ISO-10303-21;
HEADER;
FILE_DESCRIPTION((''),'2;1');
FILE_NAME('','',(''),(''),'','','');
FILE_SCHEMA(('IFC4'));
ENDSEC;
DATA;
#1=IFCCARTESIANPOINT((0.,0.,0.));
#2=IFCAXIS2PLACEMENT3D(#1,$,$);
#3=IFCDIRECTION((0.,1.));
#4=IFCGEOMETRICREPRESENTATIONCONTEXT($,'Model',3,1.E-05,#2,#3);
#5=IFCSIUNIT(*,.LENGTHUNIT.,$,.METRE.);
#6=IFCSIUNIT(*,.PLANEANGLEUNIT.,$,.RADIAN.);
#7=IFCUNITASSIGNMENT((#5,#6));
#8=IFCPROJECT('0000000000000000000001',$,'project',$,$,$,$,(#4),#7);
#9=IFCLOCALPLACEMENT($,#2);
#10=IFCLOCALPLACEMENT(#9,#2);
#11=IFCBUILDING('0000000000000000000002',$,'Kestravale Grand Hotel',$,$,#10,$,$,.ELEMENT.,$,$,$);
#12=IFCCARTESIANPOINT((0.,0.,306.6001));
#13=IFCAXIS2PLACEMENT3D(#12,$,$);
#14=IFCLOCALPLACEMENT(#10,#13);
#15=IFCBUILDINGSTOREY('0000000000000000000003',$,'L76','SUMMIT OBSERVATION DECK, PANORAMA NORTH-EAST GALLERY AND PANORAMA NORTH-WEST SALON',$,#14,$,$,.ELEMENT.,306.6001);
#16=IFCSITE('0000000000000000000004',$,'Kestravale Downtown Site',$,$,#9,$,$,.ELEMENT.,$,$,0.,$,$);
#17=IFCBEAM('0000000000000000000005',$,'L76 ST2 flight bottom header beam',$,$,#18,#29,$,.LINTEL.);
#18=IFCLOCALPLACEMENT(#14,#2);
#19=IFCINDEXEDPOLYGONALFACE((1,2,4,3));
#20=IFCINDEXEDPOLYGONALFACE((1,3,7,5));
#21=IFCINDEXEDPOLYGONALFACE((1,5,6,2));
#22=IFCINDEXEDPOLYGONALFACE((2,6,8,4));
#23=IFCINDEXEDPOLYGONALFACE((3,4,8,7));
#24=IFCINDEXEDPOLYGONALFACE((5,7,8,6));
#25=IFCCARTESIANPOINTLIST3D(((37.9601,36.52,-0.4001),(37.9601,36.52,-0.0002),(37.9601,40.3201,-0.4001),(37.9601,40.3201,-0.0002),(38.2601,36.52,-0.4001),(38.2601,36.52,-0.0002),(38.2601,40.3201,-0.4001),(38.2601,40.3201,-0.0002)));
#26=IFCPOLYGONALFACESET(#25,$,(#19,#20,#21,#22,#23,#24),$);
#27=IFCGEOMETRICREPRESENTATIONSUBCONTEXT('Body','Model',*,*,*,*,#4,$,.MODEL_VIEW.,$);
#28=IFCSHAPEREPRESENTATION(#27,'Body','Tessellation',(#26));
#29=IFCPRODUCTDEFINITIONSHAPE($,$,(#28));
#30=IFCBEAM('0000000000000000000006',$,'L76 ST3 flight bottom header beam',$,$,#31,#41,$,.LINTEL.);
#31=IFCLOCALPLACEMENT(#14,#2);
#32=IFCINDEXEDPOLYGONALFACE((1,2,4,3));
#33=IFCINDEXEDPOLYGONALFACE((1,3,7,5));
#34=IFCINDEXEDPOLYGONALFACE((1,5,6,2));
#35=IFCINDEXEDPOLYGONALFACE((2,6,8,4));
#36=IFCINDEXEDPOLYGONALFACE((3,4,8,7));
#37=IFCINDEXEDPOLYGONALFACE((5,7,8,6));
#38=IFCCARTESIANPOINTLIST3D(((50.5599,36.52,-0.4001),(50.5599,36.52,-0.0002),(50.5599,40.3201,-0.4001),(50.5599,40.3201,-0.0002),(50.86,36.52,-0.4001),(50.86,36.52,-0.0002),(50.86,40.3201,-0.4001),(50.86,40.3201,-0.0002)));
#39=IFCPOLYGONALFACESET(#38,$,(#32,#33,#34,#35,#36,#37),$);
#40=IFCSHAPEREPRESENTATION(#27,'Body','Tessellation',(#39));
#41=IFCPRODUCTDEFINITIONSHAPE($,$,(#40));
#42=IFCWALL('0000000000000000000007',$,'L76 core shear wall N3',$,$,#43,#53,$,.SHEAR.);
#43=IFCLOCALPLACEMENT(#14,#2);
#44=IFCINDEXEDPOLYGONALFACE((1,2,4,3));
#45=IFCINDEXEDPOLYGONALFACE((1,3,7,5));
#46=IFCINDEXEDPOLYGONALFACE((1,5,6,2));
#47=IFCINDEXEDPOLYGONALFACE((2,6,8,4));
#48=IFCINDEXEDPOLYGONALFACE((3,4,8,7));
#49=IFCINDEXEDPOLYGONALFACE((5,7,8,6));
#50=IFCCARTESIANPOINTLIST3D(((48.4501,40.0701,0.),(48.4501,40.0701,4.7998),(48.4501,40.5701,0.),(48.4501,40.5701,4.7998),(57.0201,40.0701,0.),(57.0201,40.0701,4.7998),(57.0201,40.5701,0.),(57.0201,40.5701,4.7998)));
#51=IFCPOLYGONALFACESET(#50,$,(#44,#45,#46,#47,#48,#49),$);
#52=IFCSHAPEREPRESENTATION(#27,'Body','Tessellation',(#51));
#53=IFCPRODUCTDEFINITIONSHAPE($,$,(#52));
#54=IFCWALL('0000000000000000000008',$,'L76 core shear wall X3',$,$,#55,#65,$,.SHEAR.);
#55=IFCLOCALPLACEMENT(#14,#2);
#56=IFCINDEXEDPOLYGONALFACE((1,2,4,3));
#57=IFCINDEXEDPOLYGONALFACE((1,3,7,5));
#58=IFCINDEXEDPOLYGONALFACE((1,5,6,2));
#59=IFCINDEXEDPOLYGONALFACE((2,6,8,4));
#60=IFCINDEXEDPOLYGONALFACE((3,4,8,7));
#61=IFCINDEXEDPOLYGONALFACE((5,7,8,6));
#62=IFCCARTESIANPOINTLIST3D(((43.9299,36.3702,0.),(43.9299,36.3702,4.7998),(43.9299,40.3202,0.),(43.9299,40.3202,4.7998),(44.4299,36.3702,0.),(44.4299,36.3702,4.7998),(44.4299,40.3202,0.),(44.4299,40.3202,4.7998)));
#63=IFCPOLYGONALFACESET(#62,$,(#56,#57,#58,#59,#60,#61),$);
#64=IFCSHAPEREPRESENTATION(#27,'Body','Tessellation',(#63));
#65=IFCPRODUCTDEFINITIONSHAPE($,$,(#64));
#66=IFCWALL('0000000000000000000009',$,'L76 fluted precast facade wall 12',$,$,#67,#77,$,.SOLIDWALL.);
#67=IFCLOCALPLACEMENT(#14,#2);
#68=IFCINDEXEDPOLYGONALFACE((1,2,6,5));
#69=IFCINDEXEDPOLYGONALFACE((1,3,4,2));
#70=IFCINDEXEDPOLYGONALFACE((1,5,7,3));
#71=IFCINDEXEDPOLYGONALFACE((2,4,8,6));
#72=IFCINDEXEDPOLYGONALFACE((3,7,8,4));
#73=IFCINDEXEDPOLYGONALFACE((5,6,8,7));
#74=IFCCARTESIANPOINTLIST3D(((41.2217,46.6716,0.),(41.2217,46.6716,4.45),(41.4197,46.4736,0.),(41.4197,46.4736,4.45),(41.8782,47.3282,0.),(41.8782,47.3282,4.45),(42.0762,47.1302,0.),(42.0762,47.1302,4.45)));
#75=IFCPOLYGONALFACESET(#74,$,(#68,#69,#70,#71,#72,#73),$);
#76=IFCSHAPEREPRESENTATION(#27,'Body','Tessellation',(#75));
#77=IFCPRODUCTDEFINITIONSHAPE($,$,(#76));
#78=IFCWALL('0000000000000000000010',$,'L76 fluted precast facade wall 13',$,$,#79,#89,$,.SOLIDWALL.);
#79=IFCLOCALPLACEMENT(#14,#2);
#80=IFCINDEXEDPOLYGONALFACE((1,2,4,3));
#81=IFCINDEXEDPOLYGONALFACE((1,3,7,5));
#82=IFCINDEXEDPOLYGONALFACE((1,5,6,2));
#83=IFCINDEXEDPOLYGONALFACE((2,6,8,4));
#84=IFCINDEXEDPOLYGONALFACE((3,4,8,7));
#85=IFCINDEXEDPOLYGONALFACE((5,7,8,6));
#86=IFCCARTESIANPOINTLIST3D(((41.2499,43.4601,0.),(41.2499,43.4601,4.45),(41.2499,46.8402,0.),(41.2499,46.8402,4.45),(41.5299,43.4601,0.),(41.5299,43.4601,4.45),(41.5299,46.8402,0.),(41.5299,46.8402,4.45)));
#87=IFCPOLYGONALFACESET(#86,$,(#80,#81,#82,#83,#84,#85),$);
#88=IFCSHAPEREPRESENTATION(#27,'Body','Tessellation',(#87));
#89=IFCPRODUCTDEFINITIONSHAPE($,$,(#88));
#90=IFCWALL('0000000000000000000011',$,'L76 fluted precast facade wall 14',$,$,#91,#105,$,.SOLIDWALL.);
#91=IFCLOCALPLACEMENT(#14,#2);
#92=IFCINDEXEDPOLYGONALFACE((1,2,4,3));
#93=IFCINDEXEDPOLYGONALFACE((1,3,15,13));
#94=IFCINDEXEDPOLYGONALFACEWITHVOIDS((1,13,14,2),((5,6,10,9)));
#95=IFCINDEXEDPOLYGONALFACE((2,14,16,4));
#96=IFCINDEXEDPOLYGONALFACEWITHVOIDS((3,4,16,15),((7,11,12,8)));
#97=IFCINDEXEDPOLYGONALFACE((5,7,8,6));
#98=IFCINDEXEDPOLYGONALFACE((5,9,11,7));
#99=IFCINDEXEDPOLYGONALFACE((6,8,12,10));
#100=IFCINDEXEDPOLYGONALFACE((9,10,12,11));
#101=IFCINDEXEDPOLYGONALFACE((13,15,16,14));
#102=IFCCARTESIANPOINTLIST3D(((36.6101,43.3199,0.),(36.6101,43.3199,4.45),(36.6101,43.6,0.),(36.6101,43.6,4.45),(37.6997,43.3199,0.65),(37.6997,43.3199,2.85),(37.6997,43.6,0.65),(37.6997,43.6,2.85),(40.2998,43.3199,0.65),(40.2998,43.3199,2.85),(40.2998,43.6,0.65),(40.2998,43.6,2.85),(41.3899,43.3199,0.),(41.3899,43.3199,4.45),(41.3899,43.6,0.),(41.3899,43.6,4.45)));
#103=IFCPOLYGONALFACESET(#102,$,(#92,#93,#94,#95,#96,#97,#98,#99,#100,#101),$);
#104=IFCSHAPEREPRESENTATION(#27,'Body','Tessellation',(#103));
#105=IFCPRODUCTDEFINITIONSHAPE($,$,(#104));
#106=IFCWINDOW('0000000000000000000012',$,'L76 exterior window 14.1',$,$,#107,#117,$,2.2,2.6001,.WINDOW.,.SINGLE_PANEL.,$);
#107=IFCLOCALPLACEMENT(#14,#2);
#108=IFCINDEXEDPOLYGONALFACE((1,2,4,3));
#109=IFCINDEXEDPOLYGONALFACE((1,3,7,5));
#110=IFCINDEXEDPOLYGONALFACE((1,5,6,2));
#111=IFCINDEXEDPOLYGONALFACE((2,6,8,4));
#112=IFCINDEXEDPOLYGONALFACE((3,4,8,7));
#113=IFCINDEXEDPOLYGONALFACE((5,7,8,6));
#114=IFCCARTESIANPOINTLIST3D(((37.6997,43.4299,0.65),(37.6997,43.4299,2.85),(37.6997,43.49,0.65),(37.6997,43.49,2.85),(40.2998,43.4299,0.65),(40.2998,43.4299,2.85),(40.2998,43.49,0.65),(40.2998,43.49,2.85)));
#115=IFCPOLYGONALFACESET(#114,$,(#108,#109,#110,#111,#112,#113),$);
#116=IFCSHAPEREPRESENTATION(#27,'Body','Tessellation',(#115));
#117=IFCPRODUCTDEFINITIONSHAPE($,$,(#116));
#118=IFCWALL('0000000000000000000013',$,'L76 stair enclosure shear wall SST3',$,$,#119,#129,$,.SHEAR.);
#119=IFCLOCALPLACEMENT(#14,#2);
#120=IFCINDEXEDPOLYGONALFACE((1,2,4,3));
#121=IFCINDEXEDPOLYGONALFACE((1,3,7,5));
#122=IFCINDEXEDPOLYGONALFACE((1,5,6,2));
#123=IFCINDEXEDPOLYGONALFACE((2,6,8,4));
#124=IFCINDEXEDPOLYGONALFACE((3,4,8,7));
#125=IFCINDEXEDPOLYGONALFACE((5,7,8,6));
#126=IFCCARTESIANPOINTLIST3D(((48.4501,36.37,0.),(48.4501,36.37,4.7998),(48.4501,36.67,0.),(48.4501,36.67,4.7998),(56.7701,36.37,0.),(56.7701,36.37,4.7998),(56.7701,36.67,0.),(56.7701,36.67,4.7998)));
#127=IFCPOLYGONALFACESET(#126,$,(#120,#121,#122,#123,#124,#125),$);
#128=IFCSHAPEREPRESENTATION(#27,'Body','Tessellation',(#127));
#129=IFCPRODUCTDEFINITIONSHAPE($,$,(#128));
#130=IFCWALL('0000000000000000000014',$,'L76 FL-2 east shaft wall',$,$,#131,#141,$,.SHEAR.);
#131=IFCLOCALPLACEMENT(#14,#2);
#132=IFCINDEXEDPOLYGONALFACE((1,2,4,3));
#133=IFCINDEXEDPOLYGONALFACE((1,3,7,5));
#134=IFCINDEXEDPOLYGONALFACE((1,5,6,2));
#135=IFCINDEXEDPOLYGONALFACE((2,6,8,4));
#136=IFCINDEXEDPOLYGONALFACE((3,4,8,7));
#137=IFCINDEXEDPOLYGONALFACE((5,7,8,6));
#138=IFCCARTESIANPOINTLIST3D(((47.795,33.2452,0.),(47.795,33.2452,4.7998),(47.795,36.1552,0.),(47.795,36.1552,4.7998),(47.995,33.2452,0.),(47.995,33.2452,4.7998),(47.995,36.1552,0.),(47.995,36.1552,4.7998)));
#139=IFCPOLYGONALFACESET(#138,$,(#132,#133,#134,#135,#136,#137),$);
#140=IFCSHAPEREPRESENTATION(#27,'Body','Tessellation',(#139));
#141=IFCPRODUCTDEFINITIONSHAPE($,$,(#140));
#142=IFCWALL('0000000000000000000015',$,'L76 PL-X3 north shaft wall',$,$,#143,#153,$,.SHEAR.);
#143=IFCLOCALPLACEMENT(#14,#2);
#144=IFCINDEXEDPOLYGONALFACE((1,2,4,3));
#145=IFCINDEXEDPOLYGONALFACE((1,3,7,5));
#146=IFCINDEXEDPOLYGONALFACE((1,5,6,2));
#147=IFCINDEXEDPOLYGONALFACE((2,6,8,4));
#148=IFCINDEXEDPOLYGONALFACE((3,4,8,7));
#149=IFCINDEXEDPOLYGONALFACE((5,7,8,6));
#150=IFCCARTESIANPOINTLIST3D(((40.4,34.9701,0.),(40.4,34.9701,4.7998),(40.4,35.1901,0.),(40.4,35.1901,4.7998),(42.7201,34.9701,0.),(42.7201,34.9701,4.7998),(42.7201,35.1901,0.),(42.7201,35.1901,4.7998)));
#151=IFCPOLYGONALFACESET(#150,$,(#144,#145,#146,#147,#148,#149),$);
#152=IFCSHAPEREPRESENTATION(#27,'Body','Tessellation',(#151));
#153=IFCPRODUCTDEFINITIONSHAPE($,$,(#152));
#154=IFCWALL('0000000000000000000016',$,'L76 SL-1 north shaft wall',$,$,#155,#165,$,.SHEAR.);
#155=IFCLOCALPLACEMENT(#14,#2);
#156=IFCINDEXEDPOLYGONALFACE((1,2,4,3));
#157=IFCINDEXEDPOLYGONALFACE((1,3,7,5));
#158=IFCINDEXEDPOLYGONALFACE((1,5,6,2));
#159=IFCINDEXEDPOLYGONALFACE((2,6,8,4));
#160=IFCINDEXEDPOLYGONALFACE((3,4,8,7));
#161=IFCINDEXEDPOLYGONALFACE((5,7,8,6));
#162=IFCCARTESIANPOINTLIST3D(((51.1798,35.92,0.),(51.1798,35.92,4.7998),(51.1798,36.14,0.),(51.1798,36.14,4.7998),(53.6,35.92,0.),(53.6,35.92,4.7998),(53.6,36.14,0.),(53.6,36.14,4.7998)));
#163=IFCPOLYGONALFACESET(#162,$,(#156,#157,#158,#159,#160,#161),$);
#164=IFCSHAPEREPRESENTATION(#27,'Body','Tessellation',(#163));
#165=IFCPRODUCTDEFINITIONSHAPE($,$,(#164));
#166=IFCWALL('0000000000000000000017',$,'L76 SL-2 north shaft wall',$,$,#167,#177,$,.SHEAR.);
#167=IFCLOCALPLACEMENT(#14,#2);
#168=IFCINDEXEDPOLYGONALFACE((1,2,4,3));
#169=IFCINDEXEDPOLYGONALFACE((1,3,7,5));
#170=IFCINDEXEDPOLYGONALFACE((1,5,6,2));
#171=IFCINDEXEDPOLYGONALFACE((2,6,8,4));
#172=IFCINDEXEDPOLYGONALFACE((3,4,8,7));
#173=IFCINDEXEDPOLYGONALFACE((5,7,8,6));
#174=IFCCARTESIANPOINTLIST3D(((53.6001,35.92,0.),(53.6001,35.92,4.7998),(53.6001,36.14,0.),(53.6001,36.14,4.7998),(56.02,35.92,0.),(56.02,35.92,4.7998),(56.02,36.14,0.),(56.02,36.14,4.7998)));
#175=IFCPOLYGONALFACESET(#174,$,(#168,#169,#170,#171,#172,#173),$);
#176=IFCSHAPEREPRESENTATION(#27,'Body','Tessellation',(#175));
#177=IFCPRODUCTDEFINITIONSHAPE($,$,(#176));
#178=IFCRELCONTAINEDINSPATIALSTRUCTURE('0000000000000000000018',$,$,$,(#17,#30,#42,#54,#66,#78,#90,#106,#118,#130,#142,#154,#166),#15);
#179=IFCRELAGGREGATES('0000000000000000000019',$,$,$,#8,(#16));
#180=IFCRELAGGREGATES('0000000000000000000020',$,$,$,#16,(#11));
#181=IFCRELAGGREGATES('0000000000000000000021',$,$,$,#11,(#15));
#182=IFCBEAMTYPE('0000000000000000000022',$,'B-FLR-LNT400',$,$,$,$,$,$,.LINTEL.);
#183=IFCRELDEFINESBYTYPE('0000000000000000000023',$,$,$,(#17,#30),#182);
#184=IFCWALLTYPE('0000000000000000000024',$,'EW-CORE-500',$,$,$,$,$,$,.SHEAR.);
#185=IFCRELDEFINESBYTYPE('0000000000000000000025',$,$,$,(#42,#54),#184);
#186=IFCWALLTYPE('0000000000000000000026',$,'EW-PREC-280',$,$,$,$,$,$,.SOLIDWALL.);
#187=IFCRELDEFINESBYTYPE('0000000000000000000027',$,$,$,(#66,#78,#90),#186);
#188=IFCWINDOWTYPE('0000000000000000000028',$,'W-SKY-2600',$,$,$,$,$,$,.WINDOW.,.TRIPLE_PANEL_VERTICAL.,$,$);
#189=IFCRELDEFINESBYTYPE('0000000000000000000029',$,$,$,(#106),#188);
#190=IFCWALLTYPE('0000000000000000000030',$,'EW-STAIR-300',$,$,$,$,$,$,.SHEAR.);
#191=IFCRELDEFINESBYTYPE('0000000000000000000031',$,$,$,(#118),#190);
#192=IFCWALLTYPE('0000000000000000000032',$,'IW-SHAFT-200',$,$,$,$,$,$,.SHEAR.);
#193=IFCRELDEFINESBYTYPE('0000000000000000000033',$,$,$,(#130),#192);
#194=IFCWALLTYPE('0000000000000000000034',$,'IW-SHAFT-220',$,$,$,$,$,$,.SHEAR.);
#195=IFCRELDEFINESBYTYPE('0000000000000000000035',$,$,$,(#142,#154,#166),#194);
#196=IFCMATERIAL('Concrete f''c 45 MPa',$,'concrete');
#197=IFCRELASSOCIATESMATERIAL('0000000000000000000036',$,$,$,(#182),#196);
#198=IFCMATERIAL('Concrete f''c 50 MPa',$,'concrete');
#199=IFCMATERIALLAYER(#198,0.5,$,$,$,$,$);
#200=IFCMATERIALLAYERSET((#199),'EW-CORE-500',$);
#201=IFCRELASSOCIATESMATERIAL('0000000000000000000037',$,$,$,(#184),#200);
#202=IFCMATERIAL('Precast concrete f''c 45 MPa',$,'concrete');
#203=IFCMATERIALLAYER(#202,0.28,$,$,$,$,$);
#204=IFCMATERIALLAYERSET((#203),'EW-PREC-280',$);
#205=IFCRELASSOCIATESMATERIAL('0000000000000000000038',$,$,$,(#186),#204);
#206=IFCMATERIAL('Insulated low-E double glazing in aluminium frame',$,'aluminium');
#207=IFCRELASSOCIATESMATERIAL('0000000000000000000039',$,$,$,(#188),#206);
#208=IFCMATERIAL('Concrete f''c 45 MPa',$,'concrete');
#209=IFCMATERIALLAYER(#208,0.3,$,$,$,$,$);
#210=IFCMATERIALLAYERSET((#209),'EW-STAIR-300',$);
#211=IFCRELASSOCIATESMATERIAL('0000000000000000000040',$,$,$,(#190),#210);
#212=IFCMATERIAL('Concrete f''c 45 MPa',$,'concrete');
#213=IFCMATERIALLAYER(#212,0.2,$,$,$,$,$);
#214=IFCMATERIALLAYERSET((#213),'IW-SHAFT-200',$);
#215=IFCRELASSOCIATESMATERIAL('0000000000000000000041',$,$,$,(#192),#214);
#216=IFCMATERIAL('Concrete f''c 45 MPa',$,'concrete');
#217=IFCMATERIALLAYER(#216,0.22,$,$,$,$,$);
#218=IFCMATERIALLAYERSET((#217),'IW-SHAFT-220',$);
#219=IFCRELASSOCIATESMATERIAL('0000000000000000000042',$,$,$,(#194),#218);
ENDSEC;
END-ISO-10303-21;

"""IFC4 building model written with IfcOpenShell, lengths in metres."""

from ifc_helpers import new_model, si_unit, direction, frame, frame_2d, origin, origin_2d, place, context, subcontext, project, spatial, rectangle, extrude, material, layer, layer_set, material_profile, profile_set, type_object, element, fill, save


model = new_model("IFC4")

# Units and contexts
model_context = context("Model", 3, precision=1e-05, world=origin(), true_north=direction((0.0, 1.0)))
body_context = subcontext(model_context, "Body", "Model", "MODEL_VIEW")
ifc_project = project(units=[si_unit("LENGTHUNIT", "METRE"), si_unit("PLANEANGLEUNIT", "RADIAN")], contexts=[model_context])

# Site, building, storey
site_placement = place(None, origin())
site = spatial("IfcSite", under=ifc_project, at=site_placement, Name="Kestravale Downtown Site", CompositionType="ELEMENT", RefElevation=0.0)
building_placement = place(site_placement, origin())
building = spatial("IfcBuilding", under=site, at=building_placement, Name="Kestravale Grand Hotel", CompositionType="ELEMENT")
storey_placement = place(building_placement, frame((0.0, 0.0, 306.6001)))
storey = spatial("IfcBuildingStorey", under=building, at=storey_placement, Name="L76", Description="SUMMIT OBSERVATION DECK, PANORAMA NORTH-EAST GALLERY AND PANORAMA NORTH-WEST SALON", CompositionType="ELEMENT", Elevation=306.6001)

# Beams
ifc_material_1 = material(Name="Concrete f'c 45 MPa", Category="concrete")
ifc_material_profile = material_profile(ifc_material_1, rectangle(XDim=0.3, YDim=0.3999, at=origin_2d()))
ifc_profile_set = profile_set([ifc_material_profile], Name="Concrete f'c 45 MPa")
beam_type = type_object("IfcBeamType", Name="B-FLR-LNT400", PredefinedType="LINTEL", material=ifc_profile_set)
for number, where, z_axis, x_axis, name in (
    (1, (38.1101, 36.52, -0.2002), (0.0, 1.0, 0.0), (-1.0, 0.0, 0.0), "L76 ST2 flight bottom header beam"),
    (2, (50.71, 36.52, -0.2002), (0.0, 1.0, 0.0), (-1.0, 0.0, 0.0), "L76 ST3 flight bottom header beam"),
):
    element("IfcBeam", number, at=place(storey_placement, frame(where, z_axis=z_axis, x_axis=x_axis)), inside=storey, type_object=beam_type, Name=name, PredefinedType="LINTEL", context=body_context, shape_type="SweptSolid", body=[
        extrude(rectangle(XDim=0.3, YDim=0.3999, at=origin_2d()), origin(), (0.0, 0.0, 1.0), 3.8),
    ])

# Walls
ifc_material_2 = material(Name="Concrete f'c 50 MPa", Category="concrete")
ifc_layer_1 = layer(ifc_material_2, 0.5)
ifc_layer_set_1 = layer_set([ifc_layer_1], Name="EW-CORE-500")
wall_type_1 = type_object("IfcWallType", Name="EW-CORE-500", PredefinedType="SHEAR", material=ifc_layer_set_1)
wall_1_placement = place(storey_placement, frame((48.45, 40.3201, 0.0), z_axis=(0.0, 0.0, 1.0), x_axis=(1.0, 0.0, 0.0)))
element("IfcWall", 3, at=wall_1_placement, inside=storey, type_object=wall_type_1, Name="L76 core shear wall N3", PredefinedType="SHEAR", context=body_context, shape_type="SweptSolid", body=[
    extrude(rectangle(XDim=8.5701, YDim=0.5, at=frame_2d((4.2852, 0.0))), origin(), (0.0, 0.0, 1.0), 4.7998),
])
wall_2_placement = place(storey_placement, frame((44.1799, 36.3701, 0.0), z_axis=(0.0, 0.0, 1.0), x_axis=(0.0, 1.0, 0.0)))
element("IfcWall", 4, at=wall_2_placement, inside=storey, type_object=wall_type_1, Name="L76 core shear wall X3", PredefinedType="SHEAR", context=body_context, shape_type="SweptSolid", body=[
    extrude(rectangle(XDim=3.95, YDim=0.5, at=frame_2d((1.9751, 0.0))), origin(), (0.0, 0.0, 1.0), 4.7998),
])
ifc_material_3 = material(Name="Precast concrete f'c 45 MPa", Category="concrete")
ifc_layer_2 = layer(ifc_material_3, 0.28)
ifc_layer_set_2 = layer_set([ifc_layer_2], Name="EW-PREC-280")
wall_type_2 = type_object("IfcWallType", Name="EW-PREC-280", PredefinedType="SOLIDWALL", material=ifc_layer_set_2)
wall_3_placement = place(storey_placement, frame((41.9773, 47.2292, 0.0), z_axis=(0.0, 0.0, 1.0), x_axis=(-0.707107, -0.707107, 0.0)))
element("IfcWall", 5, at=wall_3_placement, inside=storey, type_object=wall_type_2, Name="L76 fluted precast facade wall 12", PredefinedType="SOLIDWALL", context=body_context, shape_type="SweptSolid", body=[
    extrude(rectangle(XDim=0.9285, YDim=0.28, at=frame_2d((0.4644, 0.0))), origin(), (0.0, 0.0, 1.0), 4.45),
])
wall_4_placement = place(storey_placement, frame((41.3899, 46.8401, 0.0), z_axis=(0.0, 0.0, 1.0), x_axis=(0.0, -1.0, 0.0)))
element("IfcWall", 6, at=wall_4_placement, inside=storey, type_object=wall_type_2, Name="L76 fluted precast facade wall 13", PredefinedType="SOLIDWALL", context=body_context, shape_type="SweptSolid", body=[
    extrude(rectangle(XDim=3.3801, YDim=0.28, at=frame_2d((1.6899, 0.0))), origin(), (0.0, 0.0, 1.0), 4.45),
])

# Wall, opening, window
wall_5_placement = place(storey_placement, frame((41.3899, 43.46, 0.0), z_axis=(0.0, 0.0, 1.0), x_axis=(-1.0, 0.0, 0.0)))
wall_5 = element("IfcWall", 7, at=wall_5_placement, inside=storey, type_object=wall_type_2, Name="L76 fluted precast facade wall 14", PredefinedType="SOLIDWALL", context=body_context, shape_type="SweptSolid", body=[
    extrude(rectangle(XDim=4.7798, YDim=0.28, at=frame_2d((2.3899, 0.0))), origin(), (0.0, 0.0, 1.0), 4.45),
])
opening_1_placement = place(wall_5_placement, frame((1.0901, 0.0, 0.6499)))
opening_1 = element("IfcOpeningElement", 8, at=opening_1_placement, cuts=wall_5, PredefinedType="OPENING", context=body_context, shape_type="SweptSolid", body=[
    extrude(rectangle(XDim=2.6001, YDim=2.2, at=frame_2d((1.3, 1.1001))), frame((0.0, 0.1499, 0.0), z_axis=(0.0, -1.0, 0.0), x_axis=(1.0, 0.0, 0.0)), (0.0, 0.0, 1.0), 0.3),
])
ifc_material_4 = material(Name="Insulated low-E double glazing in aluminium frame", Category="aluminium")
window_type = type_object("IfcWindowType", Name="W-SKY-2600", PartitioningType="TRIPLE_PANEL_VERTICAL", PredefinedType="WINDOW", material=ifc_material_4)
window_placement = place(opening_1_placement, origin())
window = element("IfcWindow", 9, at=window_placement, inside=storey, type_object=window_type, Name="L76 exterior window 14.1", OverallHeight=2.2, OverallWidth=2.6001, PartitioningType="SINGLE_PANEL", PredefinedType="WINDOW", context=body_context, shape_type="SweptSolid", body=[
    extrude(rectangle(XDim=2.6001, YDim=2.2, at=frame_2d((1.3, 1.1001))), frame((0.0, 0.03, 0.0), z_axis=(0.0, -1.0, 0.0), x_axis=(1.0, 0.0, 0.0)), (0.0, 0.0, 1.0), 0.0601),
])
fill(opening_1, window)

# Wall
ifc_material_5 = material(Name="Concrete f'c 45 MPa", Category="concrete")
ifc_layer_3 = layer(ifc_material_5, 0.3)
ifc_layer_set_3 = layer_set([ifc_layer_3], Name="EW-STAIR-300")
wall_type_3 = type_object("IfcWallType", Name="EW-STAIR-300", PredefinedType="SHEAR", material=ifc_layer_set_3)
wall_6_placement = place(storey_placement, frame((48.45, 36.52, 0.0), z_axis=(0.0, 0.0, 1.0), x_axis=(1.0, 0.0, 0.0)))
element("IfcWall", 10, at=wall_6_placement, inside=storey, type_object=wall_type_3, Name="L76 stair enclosure shear wall SST3", PredefinedType="SHEAR", context=body_context, shape_type="SweptSolid", body=[
    extrude(rectangle(XDim=8.3201, YDim=0.3, at=frame_2d((4.1602, 0.0))), origin(), (0.0, 0.0, 1.0), 4.7998),
])

# Walls
ifc_material_6 = material(Name="Concrete f'c 45 MPa", Category="concrete")
ifc_layer_4 = layer(ifc_material_6, 0.2)
ifc_layer_set_4 = layer_set([ifc_layer_4], Name="IW-SHAFT-200")
wall_type_4 = type_object("IfcWallType", Name="IW-SHAFT-200", PredefinedType="SHEAR", material=ifc_layer_set_4)
wall_7_placement = place(storey_placement, frame((47.895, 33.2451, 0.0), z_axis=(0.0, 0.0, 1.0), x_axis=(0.0, 1.0, 0.0)))
element("IfcWall", 11, at=wall_7_placement, inside=storey, type_object=wall_type_4, Name="L76 FL-2 east shaft wall", PredefinedType="SHEAR", context=body_context, shape_type="SweptSolid", body=[
    extrude(rectangle(XDim=2.9099, YDim=0.2, at=frame_2d((1.4551, 0.0))), origin(), (0.0, 0.0, 1.0), 4.7998),
])
ifc_material_7 = material(Name="Concrete f'c 45 MPa", Category="concrete")
ifc_layer_5 = layer(ifc_material_7, 0.22)
ifc_layer_set_5 = layer_set([ifc_layer_5], Name="IW-SHAFT-220")
wall_type_5 = type_object("IfcWallType", Name="IW-SHAFT-220", PredefinedType="SHEAR", material=ifc_layer_set_5)
wall_8_placement = place(storey_placement, frame((40.3999, 35.0801, 0.0), z_axis=(0.0, 0.0, 1.0), x_axis=(1.0, 0.0, 0.0)))
element("IfcWall", 12, at=wall_8_placement, inside=storey, type_object=wall_type_5, Name="L76 PL-X3 north shaft wall", PredefinedType="SHEAR", context=body_context, shape_type="SweptSolid", body=[
    extrude(rectangle(XDim=2.3201, YDim=0.22, at=frame_2d((1.1602, 0.0))), origin(), (0.0, 0.0, 1.0), 4.7998),
])
wall_9_placement = place(storey_placement, frame((51.1799, 36.03, 0.0), z_axis=(0.0, 0.0, 1.0), x_axis=(1.0, 0.0, 0.0)))
element("IfcWall", 13, at=wall_9_placement, inside=storey, type_object=wall_type_5, Name="L76 SL-1 north shaft wall", PredefinedType="SHEAR", context=body_context, shape_type="SweptSolid", body=[
    extrude(rectangle(XDim=2.4202, YDim=0.22, at=frame_2d((1.21, 0.0))), origin(), (0.0, 0.0, 1.0), 4.7998),
])
wall_10_placement = place(storey_placement, frame((53.6001, 36.03, 0.0), z_axis=(0.0, 0.0, 1.0), x_axis=(1.0, 0.0, 0.0)))
element("IfcWall", 14, at=wall_10_placement, inside=storey, type_object=wall_type_5, Name="L76 SL-2 north shaft wall", PredefinedType="SHEAR", context=body_context, shape_type="SweptSolid", body=[
    extrude(rectangle(XDim=2.4199, YDim=0.22, at=frame_2d((1.21, 0.0))), origin(), (0.0, 0.0, 1.0), 4.7998),
])

save(model, "model.ifc")
